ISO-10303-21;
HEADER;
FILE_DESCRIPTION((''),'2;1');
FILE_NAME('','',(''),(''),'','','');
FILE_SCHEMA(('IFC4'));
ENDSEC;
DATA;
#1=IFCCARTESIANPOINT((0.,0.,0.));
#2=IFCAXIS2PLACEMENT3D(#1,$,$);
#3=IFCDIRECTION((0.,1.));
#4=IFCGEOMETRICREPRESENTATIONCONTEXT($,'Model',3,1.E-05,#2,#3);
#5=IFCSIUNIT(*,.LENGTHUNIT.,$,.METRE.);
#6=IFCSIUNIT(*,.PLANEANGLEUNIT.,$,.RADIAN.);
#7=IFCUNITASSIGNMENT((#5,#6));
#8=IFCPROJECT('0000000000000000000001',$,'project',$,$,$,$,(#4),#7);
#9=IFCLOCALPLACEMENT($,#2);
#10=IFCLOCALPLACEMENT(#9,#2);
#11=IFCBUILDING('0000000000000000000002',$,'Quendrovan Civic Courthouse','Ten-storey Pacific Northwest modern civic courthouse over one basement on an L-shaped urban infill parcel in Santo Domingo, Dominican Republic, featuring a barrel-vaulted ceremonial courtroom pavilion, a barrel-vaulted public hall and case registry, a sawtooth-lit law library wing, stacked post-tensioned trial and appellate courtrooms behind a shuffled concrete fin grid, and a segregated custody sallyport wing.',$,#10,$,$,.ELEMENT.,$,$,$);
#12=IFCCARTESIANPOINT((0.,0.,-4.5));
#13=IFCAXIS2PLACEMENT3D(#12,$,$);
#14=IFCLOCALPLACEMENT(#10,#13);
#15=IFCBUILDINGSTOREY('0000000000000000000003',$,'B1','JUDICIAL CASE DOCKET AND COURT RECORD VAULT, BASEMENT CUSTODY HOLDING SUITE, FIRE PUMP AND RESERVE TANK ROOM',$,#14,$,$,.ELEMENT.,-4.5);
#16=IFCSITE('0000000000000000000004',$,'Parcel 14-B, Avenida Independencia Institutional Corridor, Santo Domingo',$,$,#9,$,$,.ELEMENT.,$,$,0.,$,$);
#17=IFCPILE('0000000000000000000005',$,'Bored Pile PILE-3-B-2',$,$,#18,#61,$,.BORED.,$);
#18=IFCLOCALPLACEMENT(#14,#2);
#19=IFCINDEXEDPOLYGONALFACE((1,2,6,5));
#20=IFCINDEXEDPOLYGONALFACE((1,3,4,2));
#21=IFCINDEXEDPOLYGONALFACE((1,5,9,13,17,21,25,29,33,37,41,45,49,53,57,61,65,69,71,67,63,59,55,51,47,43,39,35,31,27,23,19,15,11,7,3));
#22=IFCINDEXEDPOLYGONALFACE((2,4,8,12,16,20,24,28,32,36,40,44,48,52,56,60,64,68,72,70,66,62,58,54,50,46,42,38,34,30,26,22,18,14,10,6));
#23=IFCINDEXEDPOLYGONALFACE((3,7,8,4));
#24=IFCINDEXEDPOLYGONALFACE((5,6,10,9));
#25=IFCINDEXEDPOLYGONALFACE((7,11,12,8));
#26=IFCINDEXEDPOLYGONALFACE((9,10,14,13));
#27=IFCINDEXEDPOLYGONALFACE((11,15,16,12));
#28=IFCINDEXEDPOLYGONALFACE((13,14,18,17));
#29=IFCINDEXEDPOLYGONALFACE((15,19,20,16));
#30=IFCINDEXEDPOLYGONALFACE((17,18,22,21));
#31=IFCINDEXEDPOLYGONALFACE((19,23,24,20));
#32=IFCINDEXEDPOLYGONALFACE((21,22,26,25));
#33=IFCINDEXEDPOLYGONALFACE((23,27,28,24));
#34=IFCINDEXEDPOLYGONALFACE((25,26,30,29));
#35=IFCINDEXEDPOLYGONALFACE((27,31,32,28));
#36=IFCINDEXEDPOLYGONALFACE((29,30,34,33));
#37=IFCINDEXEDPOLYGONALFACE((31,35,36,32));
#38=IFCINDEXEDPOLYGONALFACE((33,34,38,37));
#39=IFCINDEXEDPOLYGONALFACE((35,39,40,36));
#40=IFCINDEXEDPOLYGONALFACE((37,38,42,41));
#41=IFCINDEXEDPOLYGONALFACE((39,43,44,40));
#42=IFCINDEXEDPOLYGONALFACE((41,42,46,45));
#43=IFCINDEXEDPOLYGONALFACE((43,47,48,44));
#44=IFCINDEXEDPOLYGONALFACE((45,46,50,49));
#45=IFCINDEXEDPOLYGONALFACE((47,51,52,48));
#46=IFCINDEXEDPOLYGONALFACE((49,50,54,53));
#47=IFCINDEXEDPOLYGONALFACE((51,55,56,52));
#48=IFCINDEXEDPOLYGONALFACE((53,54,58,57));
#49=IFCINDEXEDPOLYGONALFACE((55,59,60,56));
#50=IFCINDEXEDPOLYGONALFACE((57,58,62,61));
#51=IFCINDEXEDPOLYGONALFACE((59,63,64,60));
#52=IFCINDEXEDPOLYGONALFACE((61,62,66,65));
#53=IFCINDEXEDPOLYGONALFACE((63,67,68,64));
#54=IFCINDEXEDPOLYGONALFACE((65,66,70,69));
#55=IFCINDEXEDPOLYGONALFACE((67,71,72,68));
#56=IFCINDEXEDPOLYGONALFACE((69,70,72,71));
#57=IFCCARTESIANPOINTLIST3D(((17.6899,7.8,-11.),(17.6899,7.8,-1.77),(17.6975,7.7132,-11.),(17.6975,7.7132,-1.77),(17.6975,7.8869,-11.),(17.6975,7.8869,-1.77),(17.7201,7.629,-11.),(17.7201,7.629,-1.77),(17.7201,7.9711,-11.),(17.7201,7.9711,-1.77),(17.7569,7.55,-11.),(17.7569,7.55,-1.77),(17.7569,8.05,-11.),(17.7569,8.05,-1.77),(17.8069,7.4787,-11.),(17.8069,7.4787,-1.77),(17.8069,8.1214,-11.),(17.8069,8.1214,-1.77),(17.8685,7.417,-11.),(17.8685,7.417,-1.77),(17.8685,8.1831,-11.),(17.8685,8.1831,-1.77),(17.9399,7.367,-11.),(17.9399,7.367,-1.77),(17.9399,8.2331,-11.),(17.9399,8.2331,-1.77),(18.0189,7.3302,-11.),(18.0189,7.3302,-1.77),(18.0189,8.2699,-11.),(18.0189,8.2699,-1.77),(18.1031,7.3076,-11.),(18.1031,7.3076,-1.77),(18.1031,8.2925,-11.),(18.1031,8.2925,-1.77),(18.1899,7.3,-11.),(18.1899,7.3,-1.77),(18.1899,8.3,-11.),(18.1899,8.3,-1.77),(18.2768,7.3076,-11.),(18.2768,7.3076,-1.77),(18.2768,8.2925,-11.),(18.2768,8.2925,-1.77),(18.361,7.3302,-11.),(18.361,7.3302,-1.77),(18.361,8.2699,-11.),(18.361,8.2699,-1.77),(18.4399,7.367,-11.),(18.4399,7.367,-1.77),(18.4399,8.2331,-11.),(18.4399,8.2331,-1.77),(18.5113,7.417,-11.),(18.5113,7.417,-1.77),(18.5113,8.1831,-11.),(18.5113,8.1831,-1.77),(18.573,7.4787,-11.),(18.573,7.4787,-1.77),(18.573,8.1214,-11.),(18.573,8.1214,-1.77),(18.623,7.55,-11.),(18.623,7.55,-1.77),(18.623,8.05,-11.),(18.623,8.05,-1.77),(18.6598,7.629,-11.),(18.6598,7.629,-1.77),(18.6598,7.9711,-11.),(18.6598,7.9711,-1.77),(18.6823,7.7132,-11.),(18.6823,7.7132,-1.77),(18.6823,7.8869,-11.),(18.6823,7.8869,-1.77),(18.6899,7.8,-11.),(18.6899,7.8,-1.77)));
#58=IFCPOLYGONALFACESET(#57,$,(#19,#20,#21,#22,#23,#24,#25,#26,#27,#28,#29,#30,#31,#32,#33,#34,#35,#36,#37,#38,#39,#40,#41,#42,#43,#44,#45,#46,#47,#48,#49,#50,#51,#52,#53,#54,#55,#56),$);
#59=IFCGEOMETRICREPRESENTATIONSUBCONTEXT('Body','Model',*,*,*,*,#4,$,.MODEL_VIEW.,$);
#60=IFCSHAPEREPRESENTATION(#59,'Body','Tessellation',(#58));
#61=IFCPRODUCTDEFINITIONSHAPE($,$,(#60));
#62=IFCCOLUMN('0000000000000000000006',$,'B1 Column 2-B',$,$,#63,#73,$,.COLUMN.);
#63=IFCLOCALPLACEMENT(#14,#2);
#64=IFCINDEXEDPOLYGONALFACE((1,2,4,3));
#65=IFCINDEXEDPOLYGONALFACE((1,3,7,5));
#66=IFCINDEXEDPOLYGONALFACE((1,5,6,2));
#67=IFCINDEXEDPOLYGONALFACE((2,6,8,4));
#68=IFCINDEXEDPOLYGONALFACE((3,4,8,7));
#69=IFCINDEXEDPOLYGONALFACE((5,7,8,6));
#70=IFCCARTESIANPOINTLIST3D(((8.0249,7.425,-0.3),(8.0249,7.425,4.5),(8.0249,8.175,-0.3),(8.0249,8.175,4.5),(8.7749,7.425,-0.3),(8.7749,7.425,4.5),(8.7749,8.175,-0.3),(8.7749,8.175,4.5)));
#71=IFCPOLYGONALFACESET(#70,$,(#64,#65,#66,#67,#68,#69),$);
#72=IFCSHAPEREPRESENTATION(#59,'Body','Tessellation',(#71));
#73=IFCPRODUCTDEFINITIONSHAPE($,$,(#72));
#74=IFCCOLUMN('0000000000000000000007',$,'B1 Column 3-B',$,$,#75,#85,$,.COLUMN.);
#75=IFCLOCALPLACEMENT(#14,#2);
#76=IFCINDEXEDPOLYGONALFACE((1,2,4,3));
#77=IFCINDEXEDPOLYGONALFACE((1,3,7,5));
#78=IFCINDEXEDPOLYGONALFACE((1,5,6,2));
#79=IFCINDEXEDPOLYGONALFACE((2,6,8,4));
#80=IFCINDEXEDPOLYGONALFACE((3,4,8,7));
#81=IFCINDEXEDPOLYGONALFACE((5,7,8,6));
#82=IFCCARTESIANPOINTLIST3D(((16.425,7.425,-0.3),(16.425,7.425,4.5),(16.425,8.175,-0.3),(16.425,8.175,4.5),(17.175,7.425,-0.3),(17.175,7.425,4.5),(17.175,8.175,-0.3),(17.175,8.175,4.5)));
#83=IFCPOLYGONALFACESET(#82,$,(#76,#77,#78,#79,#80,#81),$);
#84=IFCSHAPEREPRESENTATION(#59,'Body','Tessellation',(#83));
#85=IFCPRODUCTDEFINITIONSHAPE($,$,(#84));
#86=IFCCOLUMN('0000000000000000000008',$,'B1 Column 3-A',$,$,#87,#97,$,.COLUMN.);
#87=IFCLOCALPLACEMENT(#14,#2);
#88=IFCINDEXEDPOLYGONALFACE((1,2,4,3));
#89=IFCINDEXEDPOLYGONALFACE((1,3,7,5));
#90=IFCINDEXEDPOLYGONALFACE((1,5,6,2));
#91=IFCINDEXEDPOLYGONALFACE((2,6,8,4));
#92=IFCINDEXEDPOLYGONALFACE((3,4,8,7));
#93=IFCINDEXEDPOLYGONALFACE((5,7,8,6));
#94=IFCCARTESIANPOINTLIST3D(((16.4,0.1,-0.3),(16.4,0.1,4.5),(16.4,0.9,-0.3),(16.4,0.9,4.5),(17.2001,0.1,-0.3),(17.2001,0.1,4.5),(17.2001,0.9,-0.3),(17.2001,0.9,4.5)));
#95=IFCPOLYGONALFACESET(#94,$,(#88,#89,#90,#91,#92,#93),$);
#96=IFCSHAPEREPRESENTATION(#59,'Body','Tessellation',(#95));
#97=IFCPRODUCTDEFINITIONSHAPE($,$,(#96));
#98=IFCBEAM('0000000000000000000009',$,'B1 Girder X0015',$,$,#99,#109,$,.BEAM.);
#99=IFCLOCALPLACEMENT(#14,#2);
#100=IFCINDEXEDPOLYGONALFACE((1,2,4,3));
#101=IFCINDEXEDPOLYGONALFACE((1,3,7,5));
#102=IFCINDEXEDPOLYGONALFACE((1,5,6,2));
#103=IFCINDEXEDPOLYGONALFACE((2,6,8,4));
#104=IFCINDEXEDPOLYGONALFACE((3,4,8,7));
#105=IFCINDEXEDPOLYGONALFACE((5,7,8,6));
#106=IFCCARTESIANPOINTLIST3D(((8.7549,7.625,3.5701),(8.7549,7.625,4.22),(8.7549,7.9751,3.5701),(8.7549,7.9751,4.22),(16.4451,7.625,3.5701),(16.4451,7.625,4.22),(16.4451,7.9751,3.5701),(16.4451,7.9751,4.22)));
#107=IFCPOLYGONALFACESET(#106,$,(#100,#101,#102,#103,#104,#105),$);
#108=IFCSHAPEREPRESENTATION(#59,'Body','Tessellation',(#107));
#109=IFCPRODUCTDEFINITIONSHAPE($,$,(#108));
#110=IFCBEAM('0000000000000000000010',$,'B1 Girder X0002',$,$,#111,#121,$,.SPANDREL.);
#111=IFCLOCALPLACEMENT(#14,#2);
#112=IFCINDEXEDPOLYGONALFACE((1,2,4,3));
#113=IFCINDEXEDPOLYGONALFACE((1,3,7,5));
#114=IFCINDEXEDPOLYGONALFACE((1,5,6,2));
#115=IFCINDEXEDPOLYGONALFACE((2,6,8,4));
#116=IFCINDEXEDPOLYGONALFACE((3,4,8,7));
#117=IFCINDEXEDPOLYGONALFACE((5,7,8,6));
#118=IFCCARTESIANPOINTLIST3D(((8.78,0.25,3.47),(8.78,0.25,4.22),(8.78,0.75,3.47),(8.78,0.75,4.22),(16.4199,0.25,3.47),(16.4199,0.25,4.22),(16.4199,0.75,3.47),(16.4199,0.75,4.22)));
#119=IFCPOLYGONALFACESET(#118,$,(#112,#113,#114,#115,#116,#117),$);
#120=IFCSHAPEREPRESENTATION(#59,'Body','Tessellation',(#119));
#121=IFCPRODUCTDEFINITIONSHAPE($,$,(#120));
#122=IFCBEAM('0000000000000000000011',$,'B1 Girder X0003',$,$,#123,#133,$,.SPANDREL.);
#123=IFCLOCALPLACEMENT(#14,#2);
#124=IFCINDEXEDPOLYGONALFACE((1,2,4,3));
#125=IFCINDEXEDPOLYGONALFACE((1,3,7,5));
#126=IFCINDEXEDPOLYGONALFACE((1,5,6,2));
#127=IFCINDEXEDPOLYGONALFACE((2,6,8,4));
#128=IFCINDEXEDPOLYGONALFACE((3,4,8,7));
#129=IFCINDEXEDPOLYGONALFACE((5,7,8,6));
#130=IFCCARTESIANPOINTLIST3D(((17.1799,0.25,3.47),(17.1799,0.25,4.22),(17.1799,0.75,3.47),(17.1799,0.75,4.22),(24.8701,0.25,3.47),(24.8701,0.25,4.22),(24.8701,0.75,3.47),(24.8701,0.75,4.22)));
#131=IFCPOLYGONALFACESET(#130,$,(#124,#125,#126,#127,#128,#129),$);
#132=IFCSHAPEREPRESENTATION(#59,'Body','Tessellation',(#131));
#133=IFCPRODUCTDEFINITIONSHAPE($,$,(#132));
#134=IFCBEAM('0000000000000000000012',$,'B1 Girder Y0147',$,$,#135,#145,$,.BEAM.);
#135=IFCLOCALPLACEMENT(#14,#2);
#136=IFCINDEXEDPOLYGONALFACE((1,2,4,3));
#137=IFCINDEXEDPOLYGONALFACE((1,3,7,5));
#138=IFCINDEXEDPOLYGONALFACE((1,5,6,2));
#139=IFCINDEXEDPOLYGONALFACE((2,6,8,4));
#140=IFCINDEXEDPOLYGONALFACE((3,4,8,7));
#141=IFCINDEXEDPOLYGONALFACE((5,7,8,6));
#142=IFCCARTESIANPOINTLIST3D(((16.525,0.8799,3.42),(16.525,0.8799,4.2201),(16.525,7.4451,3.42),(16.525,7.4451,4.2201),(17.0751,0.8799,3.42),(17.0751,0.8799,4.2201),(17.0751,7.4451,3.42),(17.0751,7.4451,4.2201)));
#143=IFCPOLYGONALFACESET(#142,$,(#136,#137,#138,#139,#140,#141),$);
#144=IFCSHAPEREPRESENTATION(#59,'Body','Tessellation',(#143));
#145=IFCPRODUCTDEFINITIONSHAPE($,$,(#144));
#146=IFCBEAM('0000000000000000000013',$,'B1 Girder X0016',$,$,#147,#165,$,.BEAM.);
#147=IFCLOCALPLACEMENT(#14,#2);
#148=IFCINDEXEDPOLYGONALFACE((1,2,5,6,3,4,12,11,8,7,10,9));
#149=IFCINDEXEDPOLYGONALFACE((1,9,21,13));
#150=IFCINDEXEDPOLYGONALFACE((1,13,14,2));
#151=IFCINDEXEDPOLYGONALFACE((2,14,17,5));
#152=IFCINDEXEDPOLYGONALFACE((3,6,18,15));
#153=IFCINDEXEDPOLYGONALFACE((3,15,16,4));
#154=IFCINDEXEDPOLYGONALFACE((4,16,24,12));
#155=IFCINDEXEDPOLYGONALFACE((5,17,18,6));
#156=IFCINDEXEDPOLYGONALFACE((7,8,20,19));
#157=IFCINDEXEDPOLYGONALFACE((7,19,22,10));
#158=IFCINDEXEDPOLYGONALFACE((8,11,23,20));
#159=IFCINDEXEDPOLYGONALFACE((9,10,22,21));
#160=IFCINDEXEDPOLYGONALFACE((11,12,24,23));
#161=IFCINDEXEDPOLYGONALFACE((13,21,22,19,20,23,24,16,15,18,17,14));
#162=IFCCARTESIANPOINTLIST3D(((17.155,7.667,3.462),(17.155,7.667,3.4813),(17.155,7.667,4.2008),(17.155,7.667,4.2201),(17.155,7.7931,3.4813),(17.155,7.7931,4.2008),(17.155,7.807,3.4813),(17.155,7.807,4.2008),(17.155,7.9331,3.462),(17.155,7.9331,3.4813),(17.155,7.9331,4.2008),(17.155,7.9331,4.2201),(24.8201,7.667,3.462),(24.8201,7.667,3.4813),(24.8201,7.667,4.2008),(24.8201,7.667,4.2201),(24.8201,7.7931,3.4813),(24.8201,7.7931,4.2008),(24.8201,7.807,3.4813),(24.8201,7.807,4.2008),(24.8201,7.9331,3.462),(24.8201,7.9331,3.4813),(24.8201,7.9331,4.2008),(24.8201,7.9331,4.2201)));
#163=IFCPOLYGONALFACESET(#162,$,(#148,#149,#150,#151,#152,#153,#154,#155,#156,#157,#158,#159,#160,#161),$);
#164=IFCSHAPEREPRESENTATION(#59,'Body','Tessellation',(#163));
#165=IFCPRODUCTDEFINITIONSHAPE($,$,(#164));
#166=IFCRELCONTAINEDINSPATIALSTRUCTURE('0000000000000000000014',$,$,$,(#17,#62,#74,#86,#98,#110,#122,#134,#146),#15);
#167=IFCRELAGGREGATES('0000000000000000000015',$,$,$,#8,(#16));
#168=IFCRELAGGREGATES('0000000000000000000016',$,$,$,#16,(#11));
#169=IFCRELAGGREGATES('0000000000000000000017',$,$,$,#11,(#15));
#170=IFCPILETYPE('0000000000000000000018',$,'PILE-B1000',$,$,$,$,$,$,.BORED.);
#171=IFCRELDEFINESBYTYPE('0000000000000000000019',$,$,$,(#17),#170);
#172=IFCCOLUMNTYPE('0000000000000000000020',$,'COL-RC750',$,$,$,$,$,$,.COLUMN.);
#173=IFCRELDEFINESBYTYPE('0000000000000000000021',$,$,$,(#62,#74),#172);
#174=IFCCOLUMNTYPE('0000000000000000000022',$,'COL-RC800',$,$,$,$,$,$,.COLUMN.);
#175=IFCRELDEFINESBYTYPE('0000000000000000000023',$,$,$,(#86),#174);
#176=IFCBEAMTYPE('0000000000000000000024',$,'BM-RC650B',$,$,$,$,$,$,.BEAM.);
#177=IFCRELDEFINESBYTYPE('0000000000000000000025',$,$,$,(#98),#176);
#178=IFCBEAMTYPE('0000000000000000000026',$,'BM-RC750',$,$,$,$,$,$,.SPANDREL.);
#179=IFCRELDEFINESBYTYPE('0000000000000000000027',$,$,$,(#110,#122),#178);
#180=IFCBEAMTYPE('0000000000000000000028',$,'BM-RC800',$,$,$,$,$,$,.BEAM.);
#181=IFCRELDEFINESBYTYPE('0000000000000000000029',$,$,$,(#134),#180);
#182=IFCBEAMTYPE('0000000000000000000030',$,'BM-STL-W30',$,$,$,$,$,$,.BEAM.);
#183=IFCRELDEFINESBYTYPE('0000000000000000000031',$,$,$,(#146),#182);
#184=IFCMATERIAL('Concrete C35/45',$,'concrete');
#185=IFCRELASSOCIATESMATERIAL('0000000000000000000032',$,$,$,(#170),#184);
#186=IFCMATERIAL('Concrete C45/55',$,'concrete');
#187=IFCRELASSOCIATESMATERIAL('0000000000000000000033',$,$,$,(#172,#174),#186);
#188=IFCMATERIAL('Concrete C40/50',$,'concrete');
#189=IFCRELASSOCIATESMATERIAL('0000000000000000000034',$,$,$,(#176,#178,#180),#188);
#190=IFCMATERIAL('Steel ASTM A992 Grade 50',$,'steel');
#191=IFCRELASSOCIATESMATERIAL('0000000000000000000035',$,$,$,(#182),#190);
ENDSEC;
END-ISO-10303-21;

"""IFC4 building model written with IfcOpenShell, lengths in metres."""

from ifc_helpers import new_model, si_unit, direction, frame, origin, origin_2d, place, context, subcontext, project, spatial, rectangle, circle, i_section, extrude, material, material_profile, profile_set, type_object, element, save


model = new_model("IFC4")

# Units and contexts
model_context = context("Model", 3, precision=1e-05, world=origin(), true_north=direction((0.0, 1.0)))
body_context = subcontext(model_context, "Body", "Model", "MODEL_VIEW")
ifc_project = project(units=[si_unit("LENGTHUNIT", "METRE"), si_unit("PLANEANGLEUNIT", "RADIAN")], contexts=[model_context])

# Site, building, storey
site_placement = place(None, origin())
site = spatial("IfcSite", under=ifc_project, at=site_placement, Name="Parcel 14-B, Avenida Independencia Institutional Corridor, Santo Domingo", CompositionType="ELEMENT", RefElevation=0.0)
building_placement = place(site_placement, origin())
building = spatial("IfcBuilding", under=site, at=building_placement, Name="Quendrovan Civic Courthouse", Description="Ten-storey Pacific Northwest modern civic courthouse over one basement on an L-shaped urban infill parcel in Santo Domingo, Dominican Republic, featuring a barrel-vaulted ceremonial courtroom pavilion, a barrel-vaulted public hall and case registry, a sawtooth-lit law library wing, stacked post-tensioned trial and appellate courtrooms behind a shuffled concrete fin grid, and a segregated custody sallyport wing.", CompositionType="ELEMENT")
storey_placement = place(building_placement, frame((0.0, 0.0, -4.5)))
storey = spatial("IfcBuildingStorey", under=building, at=storey_placement, Name="B1", Description="JUDICIAL CASE DOCKET AND COURT RECORD VAULT, BASEMENT CUSTODY HOLDING SUITE, FIRE PUMP AND RESERVE TANK ROOM", CompositionType="ELEMENT", Elevation=-4.5)

# Shared definitions
ifc_material_1 = material(Name="Concrete C35/45", Category="concrete")

# Pile
ifc_material_profile_1 = material_profile(ifc_material_1, circle(Radius=0.5, at=origin_2d()), Name="PILE-D1000")
ifc_profile_set_1 = profile_set([ifc_material_profile_1], Name="Concrete C35/45")
pile_type = type_object("IfcPileType", Name="PILE-B1000", PredefinedType="BORED", material=ifc_profile_set_1)
for number, where, z_axis, x_axis, name in (
    (1, (18.1899, 7.8, -1.77), (0.0, 0.0, -1.0), (1.0, 0.0, 0.0), "Bored Pile PILE-3-B-2"),
):
    element("IfcPile", number, at=place(storey_placement, frame(where, z_axis=z_axis, x_axis=x_axis)), inside=storey, type_object=pile_type, Name=name, PredefinedType="BORED", context=body_context, shape_type="SweptSolid", body=[
        extrude(circle(Radius=0.5, at=origin_2d()), origin(), (0.0, 0.0, 1.0), 9.23),
    ])

# Columns
ifc_material_2 = material(Name="Concrete C45/55", Category="concrete")
ifc_material_profile_2 = material_profile(ifc_material_2, rectangle(XDim=0.75, YDim=0.75, at=origin_2d()), Name="RC-COL-750x750")
ifc_profile_set_2 = profile_set([ifc_material_profile_2], Name="Concrete C45/55")
column_type_1 = type_object("IfcColumnType", Name="COL-RC750", PredefinedType="COLUMN", material=ifc_profile_set_2)
for number, where, z_axis, x_axis, name in (
    (2, (8.3999, 7.8, -0.3), (0.0, 0.0, 1.0), (1.0, 0.0, 0.0), "B1 Column 2-B"),
    (3, (16.8, 7.8, -0.3), (0.0, 0.0, 1.0), (1.0, 0.0, 0.0), "B1 Column 3-B"),
):
    element("IfcColumn", number, at=place(storey_placement, frame(where, z_axis=z_axis, x_axis=x_axis)), inside=storey, type_object=column_type_1, Name=name, PredefinedType="COLUMN", context=body_context, shape_type="SweptSolid", body=[
        extrude(rectangle(XDim=0.75, YDim=0.75, at=origin_2d()), origin(), (0.0, 0.0, 1.0), 4.8),
    ])
ifc_material_profile_3 = material_profile(ifc_material_2, rectangle(XDim=0.8, YDim=0.8, at=origin_2d()), Name="RC-COL-800x800")
ifc_profile_set_3 = profile_set([ifc_material_profile_3], Name="Concrete C45/55")
column_type_2 = type_object("IfcColumnType", Name="COL-RC800", PredefinedType="COLUMN", material=ifc_profile_set_3)
column_placement = place(storey_placement, frame((16.8, 0.5, -0.3), z_axis=(0.0, 0.0, 1.0), x_axis=(1.0, 0.0, 0.0)))
element("IfcColumn", 4, at=column_placement, inside=storey, type_object=column_type_2, Name="B1 Column 3-A", PredefinedType="COLUMN", context=body_context, shape_type="SweptSolid", body=[
    extrude(rectangle(XDim=0.8, YDim=0.8, at=origin_2d()), origin(), (0.0, 0.0, 1.0), 4.8),
])

# Beams
ifc_material_3 = material(Name="Concrete C40/50", Category="concrete")
ifc_material_profile_4 = material_profile(ifc_material_3, rectangle(XDim=0.3501, YDim=0.6499, at=origin_2d()), Name="RC-BM-350x650")
ifc_profile_set_4 = profile_set([ifc_material_profile_4], Name="Concrete C40/50")
beam_type_1 = type_object("IfcBeamType", Name="BM-RC650B", PredefinedType="BEAM", material=ifc_profile_set_4)
beam_1_placement = place(storey_placement, frame((8.7549, 7.8, 3.895), z_axis=(1.0, 0.0, 0.0), x_axis=(0.0, 1.0, 0.0)))
element("IfcBeam", 5, at=beam_1_placement, inside=storey, type_object=beam_type_1, Name="B1 Girder X0015", PredefinedType="BEAM", context=body_context, shape_type="SweptSolid", body=[
    extrude(rectangle(XDim=0.3501, YDim=0.6499, at=origin_2d()), origin(), (0.0, 0.0, 1.0), 7.6902),
])
ifc_material_profile_5 = material_profile(ifc_material_3, rectangle(XDim=0.5, YDim=0.75, at=origin_2d()), Name="RC-BM-500x750")
ifc_profile_set_5 = profile_set([ifc_material_profile_5], Name="Concrete C40/50")
beam_type_2 = type_object("IfcBeamType", Name="BM-RC750", PredefinedType="SPANDREL", material=ifc_profile_set_5)
beam_2_placement = place(storey_placement, frame((8.78, 0.5, 3.845), z_axis=(1.0, 0.0, 0.0), x_axis=(0.0, 1.0, 0.0)))
element("IfcBeam", 6, at=beam_2_placement, inside=storey, type_object=beam_type_2, Name="B1 Girder X0002", PredefinedType="SPANDREL", context=body_context, shape_type="SweptSolid", body=[
    extrude(rectangle(XDim=0.5, YDim=0.75, at=origin_2d()), origin(), (0.0, 0.0, 1.0), 7.6399),
])
beam_3_placement = place(storey_placement, frame((17.1799, 0.5, 3.845), z_axis=(1.0, 0.0, 0.0), x_axis=(0.0, 1.0, 0.0)))
element("IfcBeam", 7, at=beam_3_placement, inside=storey, type_object=beam_type_2, Name="B1 Girder X0003", PredefinedType="SPANDREL", context=body_context, shape_type="SweptSolid", body=[
    extrude(rectangle(XDim=0.5, YDim=0.75, at=origin_2d()), origin(), (0.0, 0.0, 1.0), 7.6902),
])
ifc_material_profile_6 = material_profile(ifc_material_3, rectangle(XDim=0.55, YDim=0.8, at=origin_2d()), Name="RC-BM-550x800")
ifc_profile_set_6 = profile_set([ifc_material_profile_6], Name="Concrete C40/50")
beam_type_3 = type_object("IfcBeamType", Name="BM-RC800", PredefinedType="BEAM", material=ifc_profile_set_6)
beam_4_placement = place(storey_placement, frame((16.8, 0.8799, 3.8201), z_axis=(0.0, 1.0, 0.0), x_axis=(-1.0, 0.0, 0.0)))
element("IfcBeam", 8, at=beam_4_placement, inside=storey, type_object=beam_type_3, Name="B1 Girder Y0147", PredefinedType="BEAM", context=body_context, shape_type="SweptSolid", body=[
    extrude(rectangle(XDim=0.55, YDim=0.8, at=origin_2d()), origin(), (0.0, 0.0, 1.0), 6.5652),
])
ifc_material_4 = material(Name="Steel ASTM A992 Grade 50", Category="steel")
ifc_material_profile_7 = material_profile(ifc_material_4, i_section(OverallWidth=0.2661, OverallDepth=0.7581, WebThickness=0.0139, FlangeThickness=0.0193, at=origin_2d()), Name="W30X108")
ifc_profile_set_7 = profile_set([ifc_material_profile_7], Name="Steel ASTM A992 Grade 50")
beam_type_4 = type_object("IfcBeamType", Name="BM-STL-W30", PredefinedType="BEAM", material=ifc_profile_set_7)
beam_5_placement = place(storey_placement, frame((17.155, 7.8, 3.8411), z_axis=(1.0, 0.0, 0.0), x_axis=(0.0, 1.0, 0.0)))
element("IfcBeam", 9, at=beam_5_placement, inside=storey, type_object=beam_type_4, Name="B1 Girder X0016", PredefinedType="BEAM", context=body_context, shape_type="SweptSolid", body=[
    extrude(i_section(OverallWidth=0.2661, OverallDepth=0.7581, WebThickness=0.0139, FlangeThickness=0.0193, at=origin_2d()), origin(), (0.0, 0.0, 1.0), 7.665),
])

save(model, "model.ifc")
